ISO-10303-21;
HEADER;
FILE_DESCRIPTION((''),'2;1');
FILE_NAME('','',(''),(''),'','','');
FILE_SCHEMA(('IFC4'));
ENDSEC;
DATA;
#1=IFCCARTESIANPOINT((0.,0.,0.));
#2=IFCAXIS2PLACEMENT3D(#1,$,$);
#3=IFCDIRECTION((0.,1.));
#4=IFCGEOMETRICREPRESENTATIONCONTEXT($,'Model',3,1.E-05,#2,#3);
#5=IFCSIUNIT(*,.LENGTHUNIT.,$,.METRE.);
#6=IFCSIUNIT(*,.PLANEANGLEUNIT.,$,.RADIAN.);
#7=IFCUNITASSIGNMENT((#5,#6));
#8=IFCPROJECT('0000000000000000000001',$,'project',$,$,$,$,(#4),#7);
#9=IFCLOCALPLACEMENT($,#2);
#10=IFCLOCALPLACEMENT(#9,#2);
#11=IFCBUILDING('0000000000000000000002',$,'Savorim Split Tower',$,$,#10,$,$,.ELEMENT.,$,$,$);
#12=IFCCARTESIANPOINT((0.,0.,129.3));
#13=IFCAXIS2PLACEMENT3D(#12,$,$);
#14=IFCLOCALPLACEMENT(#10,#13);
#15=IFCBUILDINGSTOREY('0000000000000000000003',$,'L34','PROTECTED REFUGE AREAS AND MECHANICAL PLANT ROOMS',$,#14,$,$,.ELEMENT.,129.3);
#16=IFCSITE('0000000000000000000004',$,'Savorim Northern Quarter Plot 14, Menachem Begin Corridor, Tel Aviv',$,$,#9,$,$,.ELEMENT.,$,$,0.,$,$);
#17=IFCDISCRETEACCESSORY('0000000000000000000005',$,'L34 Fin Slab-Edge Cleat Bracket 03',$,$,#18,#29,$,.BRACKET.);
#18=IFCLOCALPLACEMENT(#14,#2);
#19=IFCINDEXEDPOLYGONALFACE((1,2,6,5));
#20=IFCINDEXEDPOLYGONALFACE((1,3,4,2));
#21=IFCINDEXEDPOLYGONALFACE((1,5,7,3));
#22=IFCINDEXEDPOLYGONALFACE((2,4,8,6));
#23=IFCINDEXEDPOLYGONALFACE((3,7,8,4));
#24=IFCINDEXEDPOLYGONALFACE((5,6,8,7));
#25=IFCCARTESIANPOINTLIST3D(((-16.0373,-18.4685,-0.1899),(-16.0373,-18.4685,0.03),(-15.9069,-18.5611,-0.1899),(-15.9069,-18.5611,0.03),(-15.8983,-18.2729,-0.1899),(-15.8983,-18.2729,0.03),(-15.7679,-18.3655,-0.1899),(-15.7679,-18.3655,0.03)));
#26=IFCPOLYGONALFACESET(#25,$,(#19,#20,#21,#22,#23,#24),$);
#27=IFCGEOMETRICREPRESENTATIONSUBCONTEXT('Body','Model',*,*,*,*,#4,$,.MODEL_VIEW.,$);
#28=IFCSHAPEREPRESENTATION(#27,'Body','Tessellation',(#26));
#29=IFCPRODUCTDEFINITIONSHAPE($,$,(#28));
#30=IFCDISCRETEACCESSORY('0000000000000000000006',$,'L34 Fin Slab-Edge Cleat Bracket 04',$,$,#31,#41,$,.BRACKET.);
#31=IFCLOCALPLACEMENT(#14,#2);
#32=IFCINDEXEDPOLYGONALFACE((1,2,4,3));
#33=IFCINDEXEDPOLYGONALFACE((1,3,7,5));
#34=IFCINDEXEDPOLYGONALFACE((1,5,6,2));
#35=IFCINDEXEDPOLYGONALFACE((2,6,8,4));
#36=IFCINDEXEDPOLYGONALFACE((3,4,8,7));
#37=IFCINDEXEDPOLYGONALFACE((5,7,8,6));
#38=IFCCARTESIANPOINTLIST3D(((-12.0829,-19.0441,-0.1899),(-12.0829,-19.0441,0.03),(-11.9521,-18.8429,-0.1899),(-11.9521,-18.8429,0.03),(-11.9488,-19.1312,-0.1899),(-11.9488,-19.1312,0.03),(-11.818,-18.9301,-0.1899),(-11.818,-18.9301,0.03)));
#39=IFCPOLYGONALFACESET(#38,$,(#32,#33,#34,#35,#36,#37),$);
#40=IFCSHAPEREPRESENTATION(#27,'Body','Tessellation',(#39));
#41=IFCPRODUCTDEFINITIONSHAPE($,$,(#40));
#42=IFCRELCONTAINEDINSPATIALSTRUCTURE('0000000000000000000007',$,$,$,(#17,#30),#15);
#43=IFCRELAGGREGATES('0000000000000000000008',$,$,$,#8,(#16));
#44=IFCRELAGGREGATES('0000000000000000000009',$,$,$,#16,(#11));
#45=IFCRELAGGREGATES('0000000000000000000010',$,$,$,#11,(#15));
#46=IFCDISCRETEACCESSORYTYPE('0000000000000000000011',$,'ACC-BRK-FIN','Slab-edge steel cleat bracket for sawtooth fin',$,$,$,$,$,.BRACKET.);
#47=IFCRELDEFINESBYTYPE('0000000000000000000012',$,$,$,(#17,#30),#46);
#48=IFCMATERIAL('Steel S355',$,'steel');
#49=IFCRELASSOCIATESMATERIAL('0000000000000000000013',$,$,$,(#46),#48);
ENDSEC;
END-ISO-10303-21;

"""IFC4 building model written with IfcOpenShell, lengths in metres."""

from ifc_helpers import new_model, si_unit, direction, frame, origin, origin_2d, place, context, subcontext, project, spatial, rectangle, extrude, material, type_object, element, save


model = new_model("IFC4")

# Units and contexts
model_context = context("Model", 3, precision=1e-05, world=origin(), true_north=direction((0.0, 1.0)))
body_context = subcontext(model_context, "Body", "Model", "MODEL_VIEW")
ifc_project = project(units=[si_unit("LENGTHUNIT", "METRE"), si_unit("PLANEANGLEUNIT", "RADIAN")], contexts=[model_context])

# Site, building, storey
site_placement = place(None, origin())
site = spatial("IfcSite", under=ifc_project, at=site_placement, Name="Savorim Northern Quarter Plot 14, Menachem Begin Corridor, Tel Aviv", CompositionType="ELEMENT", RefElevation=0.0)
building_placement = place(site_placement, origin())
building = spatial("IfcBuilding", under=site, at=building_placement, Name="Savorim Split Tower", CompositionType="ELEMENT")
storey_placement = place(building_placement, frame((0.0, 0.0, 129.3)))
storey = spatial("IfcBuildingStorey", under=building, at=storey_placement, Name="L34", Description="PROTECTED REFUGE AREAS AND MECHANICAL PLANT ROOMS", CompositionType="ELEMENT", Elevation=129.3)

# Shared definitions
ifc_material_1 = material(Name="Steel S355", Category="steel")

# Discrete accessories
discrete_accessory_type = type_object("IfcDiscreteAccessoryType", Name="ACC-BRK-FIN", Description="Slab-edge steel cleat bracket for sawtooth fin", PredefinedType="BRACKET", material=ifc_material_1)
for number, where, z_axis, x_axis, name in (
    (1, (-15.9026, -18.417, -0.1899), (0.0, 0.0, 1.0), (-0.578994, -0.815332, 0.0), "L34 Fin Slab-Edge Cleat Bracket 03"),
    (2, (-11.9504, -18.9871, -0.1899), (0.0, 0.0, 1.0), (-0.545148, -0.83834, 0.0), "L34 Fin Slab-Edge Cleat Bracket 04"),
):
    element("IfcDiscreteAccessory", number, at=place(storey_placement, frame(where, z_axis=z_axis, x_axis=x_axis)), inside=storey, type_object=discrete_accessory_type, Name=name, PredefinedType="BRACKET", context=body_context, shape_type="SweptSolid", body=[
        extrude(rectangle(XDim=0.24, YDim=0.1599, at=origin_2d()), origin(), (0.0, 0.0, 1.0), 0.22),
    ])

save(model, "model.ifc")
